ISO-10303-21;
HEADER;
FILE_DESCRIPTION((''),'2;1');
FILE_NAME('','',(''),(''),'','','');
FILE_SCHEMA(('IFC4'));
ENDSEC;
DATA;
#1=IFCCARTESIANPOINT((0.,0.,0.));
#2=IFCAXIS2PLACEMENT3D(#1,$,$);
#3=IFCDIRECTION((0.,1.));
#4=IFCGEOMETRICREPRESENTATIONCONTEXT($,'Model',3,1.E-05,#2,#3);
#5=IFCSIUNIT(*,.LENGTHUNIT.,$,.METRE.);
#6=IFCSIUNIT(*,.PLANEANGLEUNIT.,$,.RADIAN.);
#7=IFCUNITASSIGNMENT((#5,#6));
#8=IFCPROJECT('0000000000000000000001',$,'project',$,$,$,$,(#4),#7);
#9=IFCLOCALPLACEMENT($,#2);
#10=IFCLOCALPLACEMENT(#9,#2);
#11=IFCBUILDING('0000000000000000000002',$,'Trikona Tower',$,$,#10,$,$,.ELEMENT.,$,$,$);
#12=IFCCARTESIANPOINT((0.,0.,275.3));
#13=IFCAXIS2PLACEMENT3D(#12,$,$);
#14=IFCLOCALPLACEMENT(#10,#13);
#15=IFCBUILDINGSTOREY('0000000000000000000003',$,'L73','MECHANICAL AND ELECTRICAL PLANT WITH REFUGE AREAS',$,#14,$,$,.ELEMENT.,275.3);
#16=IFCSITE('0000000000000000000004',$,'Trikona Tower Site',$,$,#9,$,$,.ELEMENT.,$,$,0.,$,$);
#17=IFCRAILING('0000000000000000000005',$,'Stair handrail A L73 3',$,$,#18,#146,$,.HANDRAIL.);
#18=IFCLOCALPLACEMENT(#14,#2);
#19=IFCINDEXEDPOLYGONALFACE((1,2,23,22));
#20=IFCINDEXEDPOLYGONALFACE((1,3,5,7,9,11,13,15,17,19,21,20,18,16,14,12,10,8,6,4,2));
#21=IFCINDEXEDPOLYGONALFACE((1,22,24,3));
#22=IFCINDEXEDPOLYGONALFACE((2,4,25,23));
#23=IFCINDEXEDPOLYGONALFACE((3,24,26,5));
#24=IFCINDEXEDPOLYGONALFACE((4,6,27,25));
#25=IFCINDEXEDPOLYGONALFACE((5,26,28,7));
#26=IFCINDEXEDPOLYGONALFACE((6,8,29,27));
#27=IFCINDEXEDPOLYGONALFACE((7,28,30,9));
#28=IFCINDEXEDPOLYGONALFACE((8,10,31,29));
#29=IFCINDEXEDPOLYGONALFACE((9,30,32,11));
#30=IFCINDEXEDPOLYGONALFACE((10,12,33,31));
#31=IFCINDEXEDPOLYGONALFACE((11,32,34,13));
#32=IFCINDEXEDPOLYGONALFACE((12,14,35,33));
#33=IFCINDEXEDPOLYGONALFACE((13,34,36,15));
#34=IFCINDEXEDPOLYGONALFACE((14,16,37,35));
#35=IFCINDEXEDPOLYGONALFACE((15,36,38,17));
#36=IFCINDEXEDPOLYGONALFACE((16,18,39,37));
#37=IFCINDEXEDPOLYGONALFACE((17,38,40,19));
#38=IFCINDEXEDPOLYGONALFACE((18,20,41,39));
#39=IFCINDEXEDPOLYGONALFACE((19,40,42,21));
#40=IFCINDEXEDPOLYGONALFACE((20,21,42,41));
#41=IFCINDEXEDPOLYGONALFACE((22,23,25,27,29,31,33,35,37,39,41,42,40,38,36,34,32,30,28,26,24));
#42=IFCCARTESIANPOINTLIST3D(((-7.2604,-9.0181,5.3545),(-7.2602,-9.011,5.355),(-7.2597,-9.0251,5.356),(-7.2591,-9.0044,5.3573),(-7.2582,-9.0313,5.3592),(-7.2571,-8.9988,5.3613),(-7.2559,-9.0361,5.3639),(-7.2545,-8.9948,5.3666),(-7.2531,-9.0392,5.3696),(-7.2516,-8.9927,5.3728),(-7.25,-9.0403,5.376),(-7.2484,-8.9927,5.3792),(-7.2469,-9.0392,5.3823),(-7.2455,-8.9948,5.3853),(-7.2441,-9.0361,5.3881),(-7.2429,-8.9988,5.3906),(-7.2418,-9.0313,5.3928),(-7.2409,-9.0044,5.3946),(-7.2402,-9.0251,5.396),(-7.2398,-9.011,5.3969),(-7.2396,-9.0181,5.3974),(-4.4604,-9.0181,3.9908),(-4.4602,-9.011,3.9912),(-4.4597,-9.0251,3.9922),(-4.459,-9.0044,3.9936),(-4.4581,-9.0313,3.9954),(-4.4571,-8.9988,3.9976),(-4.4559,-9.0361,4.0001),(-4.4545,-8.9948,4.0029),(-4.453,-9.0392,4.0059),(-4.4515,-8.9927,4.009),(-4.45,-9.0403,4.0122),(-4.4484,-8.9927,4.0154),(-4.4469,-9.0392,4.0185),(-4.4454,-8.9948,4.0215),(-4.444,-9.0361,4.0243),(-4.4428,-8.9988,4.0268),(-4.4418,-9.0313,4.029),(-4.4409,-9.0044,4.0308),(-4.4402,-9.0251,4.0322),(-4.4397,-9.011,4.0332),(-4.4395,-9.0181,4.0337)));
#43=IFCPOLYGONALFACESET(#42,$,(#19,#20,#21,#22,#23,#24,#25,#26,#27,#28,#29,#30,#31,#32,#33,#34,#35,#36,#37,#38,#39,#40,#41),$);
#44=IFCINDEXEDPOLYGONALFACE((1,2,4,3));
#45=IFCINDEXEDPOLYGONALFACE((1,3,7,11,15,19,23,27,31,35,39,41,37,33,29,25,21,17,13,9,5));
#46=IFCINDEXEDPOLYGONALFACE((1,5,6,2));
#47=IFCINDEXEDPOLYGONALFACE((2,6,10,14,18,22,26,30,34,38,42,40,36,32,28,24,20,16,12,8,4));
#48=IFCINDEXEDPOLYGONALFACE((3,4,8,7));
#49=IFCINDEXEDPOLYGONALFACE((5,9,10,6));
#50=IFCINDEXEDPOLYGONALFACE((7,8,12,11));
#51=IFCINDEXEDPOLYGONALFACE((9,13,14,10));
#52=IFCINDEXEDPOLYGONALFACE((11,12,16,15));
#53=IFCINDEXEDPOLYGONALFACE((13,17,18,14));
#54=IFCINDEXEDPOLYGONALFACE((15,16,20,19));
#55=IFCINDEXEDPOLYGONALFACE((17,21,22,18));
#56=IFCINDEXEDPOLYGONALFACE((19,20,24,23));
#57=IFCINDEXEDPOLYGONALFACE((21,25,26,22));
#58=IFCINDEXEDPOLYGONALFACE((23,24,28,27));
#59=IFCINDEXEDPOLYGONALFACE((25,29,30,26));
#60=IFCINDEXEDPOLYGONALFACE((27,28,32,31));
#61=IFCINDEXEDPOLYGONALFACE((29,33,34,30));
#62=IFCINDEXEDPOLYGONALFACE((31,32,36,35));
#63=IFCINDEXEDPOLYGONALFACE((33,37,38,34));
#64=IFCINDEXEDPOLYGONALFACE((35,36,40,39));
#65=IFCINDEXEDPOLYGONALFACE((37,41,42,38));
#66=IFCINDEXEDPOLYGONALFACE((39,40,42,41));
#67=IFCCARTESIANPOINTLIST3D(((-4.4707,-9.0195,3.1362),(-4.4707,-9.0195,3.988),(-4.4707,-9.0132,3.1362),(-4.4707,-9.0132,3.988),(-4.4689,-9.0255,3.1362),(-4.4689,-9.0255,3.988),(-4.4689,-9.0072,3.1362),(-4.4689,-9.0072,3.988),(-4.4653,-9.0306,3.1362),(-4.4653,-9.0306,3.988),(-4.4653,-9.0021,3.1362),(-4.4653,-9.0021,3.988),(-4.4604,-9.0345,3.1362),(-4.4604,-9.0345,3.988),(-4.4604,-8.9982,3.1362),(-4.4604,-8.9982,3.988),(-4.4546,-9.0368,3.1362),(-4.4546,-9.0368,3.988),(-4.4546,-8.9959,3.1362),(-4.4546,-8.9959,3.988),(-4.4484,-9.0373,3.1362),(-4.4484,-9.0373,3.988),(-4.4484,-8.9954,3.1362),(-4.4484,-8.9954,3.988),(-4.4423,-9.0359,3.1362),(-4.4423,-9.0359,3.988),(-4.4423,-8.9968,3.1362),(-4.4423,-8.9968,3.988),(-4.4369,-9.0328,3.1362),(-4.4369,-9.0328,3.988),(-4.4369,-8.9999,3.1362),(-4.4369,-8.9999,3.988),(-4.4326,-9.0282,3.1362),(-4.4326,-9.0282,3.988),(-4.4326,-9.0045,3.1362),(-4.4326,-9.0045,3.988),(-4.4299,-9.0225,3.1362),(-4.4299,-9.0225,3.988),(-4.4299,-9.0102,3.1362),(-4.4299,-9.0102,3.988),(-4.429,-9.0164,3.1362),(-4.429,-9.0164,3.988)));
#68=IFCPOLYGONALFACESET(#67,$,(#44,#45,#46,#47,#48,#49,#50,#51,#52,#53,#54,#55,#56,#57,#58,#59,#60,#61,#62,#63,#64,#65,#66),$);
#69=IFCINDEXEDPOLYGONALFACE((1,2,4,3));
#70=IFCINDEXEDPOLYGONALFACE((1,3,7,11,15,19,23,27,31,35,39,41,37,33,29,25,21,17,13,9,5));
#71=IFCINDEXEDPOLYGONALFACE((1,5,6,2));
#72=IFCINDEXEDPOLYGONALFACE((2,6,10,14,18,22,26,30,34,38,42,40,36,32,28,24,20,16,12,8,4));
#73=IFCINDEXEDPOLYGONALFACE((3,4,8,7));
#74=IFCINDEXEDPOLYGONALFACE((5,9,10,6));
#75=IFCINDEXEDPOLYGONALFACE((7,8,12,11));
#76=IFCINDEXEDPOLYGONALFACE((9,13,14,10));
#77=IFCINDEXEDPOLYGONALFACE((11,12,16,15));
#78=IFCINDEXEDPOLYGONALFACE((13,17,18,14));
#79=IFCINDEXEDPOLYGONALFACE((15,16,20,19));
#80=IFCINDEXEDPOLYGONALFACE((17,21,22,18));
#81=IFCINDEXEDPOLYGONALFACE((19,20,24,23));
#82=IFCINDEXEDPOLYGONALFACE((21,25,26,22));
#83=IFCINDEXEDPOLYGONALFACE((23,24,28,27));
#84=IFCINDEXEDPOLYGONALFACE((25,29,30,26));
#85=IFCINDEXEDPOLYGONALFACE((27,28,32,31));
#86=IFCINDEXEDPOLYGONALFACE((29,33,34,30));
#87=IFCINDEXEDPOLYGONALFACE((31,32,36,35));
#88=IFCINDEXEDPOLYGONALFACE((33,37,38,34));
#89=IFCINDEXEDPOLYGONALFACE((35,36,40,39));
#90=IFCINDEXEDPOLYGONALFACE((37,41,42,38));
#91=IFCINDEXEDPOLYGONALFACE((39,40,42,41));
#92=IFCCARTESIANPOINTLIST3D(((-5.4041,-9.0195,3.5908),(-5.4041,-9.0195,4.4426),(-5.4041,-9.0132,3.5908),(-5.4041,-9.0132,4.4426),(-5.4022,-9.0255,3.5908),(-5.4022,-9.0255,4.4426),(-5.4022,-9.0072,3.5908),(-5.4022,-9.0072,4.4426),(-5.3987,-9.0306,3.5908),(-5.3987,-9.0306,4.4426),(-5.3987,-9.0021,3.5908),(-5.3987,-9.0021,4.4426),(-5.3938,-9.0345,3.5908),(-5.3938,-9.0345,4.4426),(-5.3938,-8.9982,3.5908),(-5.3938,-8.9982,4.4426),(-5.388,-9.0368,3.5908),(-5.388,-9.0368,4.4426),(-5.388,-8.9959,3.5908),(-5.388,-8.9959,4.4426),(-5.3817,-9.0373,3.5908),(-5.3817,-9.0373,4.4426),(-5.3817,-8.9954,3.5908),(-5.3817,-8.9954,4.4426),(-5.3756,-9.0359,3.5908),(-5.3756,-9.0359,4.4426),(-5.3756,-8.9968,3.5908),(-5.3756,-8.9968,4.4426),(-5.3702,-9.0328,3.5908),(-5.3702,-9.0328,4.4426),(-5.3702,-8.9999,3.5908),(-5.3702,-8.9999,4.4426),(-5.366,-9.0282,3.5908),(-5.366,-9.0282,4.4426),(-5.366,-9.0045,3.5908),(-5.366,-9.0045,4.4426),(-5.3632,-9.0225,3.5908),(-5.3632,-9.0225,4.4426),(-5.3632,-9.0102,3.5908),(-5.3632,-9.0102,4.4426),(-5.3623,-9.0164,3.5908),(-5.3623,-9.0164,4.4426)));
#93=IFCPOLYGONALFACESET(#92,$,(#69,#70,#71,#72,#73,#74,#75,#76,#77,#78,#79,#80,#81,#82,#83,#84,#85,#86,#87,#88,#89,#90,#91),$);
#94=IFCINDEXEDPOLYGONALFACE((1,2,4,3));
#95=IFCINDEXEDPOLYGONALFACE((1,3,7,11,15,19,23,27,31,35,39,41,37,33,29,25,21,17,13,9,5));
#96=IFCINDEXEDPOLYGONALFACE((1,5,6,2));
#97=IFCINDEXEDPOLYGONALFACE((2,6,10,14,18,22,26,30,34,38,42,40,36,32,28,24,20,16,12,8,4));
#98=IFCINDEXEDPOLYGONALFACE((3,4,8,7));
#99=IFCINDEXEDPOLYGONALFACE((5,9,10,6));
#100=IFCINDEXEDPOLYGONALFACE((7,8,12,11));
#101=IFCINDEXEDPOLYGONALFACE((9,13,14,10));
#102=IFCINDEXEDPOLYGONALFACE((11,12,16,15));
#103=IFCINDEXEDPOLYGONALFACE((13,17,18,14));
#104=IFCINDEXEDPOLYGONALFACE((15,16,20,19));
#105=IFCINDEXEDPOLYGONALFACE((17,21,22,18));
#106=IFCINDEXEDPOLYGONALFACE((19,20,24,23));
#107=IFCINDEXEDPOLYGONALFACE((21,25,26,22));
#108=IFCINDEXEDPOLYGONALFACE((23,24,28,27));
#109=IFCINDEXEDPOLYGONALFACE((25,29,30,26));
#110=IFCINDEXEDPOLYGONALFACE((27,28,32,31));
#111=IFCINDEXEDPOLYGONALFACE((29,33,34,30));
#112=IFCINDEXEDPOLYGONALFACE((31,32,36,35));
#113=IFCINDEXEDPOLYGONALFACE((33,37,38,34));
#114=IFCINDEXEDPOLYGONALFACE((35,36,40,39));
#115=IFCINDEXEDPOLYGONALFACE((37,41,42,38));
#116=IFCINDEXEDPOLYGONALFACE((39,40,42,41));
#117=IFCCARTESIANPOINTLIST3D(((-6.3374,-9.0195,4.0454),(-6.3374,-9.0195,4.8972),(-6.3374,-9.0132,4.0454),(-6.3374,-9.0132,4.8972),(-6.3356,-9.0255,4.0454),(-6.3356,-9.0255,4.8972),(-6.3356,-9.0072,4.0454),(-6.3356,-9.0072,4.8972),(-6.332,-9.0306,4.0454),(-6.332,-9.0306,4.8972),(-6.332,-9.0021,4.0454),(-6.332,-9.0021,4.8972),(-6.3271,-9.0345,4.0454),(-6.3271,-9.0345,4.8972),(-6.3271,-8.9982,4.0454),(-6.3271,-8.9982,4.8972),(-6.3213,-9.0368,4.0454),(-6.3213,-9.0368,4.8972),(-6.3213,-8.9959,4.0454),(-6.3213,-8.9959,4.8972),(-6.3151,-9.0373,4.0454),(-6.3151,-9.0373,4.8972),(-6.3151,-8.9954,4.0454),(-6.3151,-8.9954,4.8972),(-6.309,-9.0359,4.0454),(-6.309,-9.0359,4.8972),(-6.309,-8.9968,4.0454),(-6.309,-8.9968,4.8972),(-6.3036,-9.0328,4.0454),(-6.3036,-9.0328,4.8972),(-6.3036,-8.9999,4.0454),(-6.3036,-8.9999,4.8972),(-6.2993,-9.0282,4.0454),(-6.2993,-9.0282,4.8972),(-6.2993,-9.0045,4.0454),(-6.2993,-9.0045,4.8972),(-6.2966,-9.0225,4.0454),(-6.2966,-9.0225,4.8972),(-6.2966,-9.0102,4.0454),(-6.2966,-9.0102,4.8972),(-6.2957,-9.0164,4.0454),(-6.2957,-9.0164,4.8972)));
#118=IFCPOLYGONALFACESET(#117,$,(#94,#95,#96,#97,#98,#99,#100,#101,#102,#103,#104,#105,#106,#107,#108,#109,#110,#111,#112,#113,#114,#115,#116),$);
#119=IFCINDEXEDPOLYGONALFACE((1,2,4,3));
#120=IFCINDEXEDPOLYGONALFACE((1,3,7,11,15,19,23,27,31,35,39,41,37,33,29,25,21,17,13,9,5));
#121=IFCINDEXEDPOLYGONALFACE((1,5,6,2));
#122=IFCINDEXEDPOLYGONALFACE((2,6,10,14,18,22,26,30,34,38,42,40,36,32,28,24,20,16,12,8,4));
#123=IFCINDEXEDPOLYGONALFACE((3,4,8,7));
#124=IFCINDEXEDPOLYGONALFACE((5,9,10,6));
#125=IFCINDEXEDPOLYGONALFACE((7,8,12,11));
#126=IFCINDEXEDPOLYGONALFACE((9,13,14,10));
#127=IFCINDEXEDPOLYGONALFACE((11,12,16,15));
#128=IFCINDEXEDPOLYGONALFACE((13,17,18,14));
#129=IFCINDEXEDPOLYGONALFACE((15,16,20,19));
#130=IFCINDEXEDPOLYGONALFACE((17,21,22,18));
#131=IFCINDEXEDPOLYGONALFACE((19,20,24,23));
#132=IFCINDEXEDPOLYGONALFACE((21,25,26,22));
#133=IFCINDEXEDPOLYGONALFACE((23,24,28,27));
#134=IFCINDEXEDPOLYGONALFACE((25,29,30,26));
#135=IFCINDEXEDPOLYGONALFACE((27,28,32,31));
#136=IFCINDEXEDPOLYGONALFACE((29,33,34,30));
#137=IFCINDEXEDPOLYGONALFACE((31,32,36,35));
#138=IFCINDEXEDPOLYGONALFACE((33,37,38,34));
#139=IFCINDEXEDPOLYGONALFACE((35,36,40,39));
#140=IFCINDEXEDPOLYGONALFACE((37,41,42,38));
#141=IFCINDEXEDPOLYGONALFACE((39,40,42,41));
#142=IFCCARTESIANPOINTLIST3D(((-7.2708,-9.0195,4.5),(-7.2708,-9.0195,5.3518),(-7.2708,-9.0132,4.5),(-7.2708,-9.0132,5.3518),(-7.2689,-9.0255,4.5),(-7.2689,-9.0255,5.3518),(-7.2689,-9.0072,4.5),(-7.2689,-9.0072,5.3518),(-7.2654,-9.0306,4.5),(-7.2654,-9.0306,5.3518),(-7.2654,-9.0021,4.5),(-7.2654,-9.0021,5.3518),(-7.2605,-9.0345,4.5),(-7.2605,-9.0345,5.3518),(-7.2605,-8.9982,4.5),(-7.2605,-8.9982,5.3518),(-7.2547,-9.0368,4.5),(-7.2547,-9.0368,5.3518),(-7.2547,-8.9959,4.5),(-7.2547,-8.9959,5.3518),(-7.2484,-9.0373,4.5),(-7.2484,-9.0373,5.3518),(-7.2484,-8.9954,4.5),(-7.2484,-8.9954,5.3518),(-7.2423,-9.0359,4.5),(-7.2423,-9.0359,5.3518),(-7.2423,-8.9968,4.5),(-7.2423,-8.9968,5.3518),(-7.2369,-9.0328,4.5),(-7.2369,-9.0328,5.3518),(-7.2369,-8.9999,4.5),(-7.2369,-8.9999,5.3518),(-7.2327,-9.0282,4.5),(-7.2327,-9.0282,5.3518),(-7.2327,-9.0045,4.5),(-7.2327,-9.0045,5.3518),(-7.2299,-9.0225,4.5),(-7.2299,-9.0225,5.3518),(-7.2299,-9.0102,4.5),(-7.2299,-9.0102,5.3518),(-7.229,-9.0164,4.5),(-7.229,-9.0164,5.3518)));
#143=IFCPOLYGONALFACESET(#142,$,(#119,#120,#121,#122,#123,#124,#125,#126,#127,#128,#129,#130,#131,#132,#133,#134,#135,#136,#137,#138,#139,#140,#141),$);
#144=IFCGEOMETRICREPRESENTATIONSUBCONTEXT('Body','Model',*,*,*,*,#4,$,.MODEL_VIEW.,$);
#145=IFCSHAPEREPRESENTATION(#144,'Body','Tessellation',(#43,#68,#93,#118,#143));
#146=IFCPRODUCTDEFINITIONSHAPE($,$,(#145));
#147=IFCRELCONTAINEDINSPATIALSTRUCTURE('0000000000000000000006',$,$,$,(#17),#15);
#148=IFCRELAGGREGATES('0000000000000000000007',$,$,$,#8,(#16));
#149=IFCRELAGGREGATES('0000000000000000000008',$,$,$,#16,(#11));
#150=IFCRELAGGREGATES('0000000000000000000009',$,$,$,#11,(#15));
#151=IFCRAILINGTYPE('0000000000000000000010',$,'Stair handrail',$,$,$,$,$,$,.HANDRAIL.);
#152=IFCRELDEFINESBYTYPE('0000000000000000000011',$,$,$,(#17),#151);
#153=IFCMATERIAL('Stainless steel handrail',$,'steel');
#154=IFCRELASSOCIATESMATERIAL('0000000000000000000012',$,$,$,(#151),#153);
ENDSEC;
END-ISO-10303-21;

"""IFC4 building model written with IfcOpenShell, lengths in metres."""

from ifc_helpers import new_model, si_unit, direction, frame, origin, origin_2d, place, context, subcontext, project, spatial, circle, extrude, material, type_object, element, save


model = new_model("IFC4")

# Units and contexts
model_context = context("Model", 3, precision=1e-05, world=origin(), true_north=direction((0.0, 1.0)))
body_context = subcontext(model_context, "Body", "Model", "MODEL_VIEW")
ifc_project = project(units=[si_unit("LENGTHUNIT", "METRE"), si_unit("PLANEANGLEUNIT", "RADIAN")], contexts=[model_context])

# Site, building, storey
site_placement = place(None, origin())
site = spatial("IfcSite", under=ifc_project, at=site_placement, Name="Trikona Tower Site", CompositionType="ELEMENT", RefElevation=0.0)
building_placement = place(site_placement, origin())
building = spatial("IfcBuilding", under=site, at=building_placement, Name="Trikona Tower", CompositionType="ELEMENT")
storey_placement = place(building_placement, frame((0.0, 0.0, 275.3)))
storey = spatial("IfcBuildingStorey", under=building, at=storey_placement, Name="L73", Description="MECHANICAL AND ELECTRICAL PLANT WITH REFUGE AREAS", CompositionType="ELEMENT", Elevation=275.3)

# Railing
ifc_material_1 = material(Name="Stainless steel handrail", Category="steel")
railing_type = type_object("IfcRailingType", Name="Stair handrail", PredefinedType="HANDRAIL", material=ifc_material_1)
for number, where, name in (
    (1, (-4.45, -9.0164, 3.1362), "Stair handrail A L73 3"),
):
    element("IfcRailing", number, at=place(storey_placement, frame(where)), inside=storey, type_object=railing_type, Name=name, PredefinedType="HANDRAIL", context=body_context, shape_type="SweptSolid", body=[
        extrude(circle(Radius=0.0239, at=origin_2d()), frame((0.0, 0.0, 0.876), z_axis=(-0.899035, 0.0, 0.437877), x_axis=(0.0, -1.0, 0.0)), (0.0, 0.0, 1.0), 3.1145),
        extrude(circle(Radius=0.021, at=origin_2d()), origin(), (0.0, 0.0, 1.0), 0.8518),
        extrude(circle(Radius=0.021, at=origin_2d()), frame((-0.9333, 0.0, 0.4546)), (0.0, 0.0, 1.0), 0.8518),
        extrude(circle(Radius=0.021, at=origin_2d()), frame((-1.8667, 0.0, 0.9092)), (0.0, 0.0, 1.0), 0.8518),
        extrude(circle(Radius=0.021, at=origin_2d()), frame((-2.8, 0.0, 1.3638)), (0.0, 0.0, 1.0), 0.8518),
    ])

save(model, "model.ifc")
